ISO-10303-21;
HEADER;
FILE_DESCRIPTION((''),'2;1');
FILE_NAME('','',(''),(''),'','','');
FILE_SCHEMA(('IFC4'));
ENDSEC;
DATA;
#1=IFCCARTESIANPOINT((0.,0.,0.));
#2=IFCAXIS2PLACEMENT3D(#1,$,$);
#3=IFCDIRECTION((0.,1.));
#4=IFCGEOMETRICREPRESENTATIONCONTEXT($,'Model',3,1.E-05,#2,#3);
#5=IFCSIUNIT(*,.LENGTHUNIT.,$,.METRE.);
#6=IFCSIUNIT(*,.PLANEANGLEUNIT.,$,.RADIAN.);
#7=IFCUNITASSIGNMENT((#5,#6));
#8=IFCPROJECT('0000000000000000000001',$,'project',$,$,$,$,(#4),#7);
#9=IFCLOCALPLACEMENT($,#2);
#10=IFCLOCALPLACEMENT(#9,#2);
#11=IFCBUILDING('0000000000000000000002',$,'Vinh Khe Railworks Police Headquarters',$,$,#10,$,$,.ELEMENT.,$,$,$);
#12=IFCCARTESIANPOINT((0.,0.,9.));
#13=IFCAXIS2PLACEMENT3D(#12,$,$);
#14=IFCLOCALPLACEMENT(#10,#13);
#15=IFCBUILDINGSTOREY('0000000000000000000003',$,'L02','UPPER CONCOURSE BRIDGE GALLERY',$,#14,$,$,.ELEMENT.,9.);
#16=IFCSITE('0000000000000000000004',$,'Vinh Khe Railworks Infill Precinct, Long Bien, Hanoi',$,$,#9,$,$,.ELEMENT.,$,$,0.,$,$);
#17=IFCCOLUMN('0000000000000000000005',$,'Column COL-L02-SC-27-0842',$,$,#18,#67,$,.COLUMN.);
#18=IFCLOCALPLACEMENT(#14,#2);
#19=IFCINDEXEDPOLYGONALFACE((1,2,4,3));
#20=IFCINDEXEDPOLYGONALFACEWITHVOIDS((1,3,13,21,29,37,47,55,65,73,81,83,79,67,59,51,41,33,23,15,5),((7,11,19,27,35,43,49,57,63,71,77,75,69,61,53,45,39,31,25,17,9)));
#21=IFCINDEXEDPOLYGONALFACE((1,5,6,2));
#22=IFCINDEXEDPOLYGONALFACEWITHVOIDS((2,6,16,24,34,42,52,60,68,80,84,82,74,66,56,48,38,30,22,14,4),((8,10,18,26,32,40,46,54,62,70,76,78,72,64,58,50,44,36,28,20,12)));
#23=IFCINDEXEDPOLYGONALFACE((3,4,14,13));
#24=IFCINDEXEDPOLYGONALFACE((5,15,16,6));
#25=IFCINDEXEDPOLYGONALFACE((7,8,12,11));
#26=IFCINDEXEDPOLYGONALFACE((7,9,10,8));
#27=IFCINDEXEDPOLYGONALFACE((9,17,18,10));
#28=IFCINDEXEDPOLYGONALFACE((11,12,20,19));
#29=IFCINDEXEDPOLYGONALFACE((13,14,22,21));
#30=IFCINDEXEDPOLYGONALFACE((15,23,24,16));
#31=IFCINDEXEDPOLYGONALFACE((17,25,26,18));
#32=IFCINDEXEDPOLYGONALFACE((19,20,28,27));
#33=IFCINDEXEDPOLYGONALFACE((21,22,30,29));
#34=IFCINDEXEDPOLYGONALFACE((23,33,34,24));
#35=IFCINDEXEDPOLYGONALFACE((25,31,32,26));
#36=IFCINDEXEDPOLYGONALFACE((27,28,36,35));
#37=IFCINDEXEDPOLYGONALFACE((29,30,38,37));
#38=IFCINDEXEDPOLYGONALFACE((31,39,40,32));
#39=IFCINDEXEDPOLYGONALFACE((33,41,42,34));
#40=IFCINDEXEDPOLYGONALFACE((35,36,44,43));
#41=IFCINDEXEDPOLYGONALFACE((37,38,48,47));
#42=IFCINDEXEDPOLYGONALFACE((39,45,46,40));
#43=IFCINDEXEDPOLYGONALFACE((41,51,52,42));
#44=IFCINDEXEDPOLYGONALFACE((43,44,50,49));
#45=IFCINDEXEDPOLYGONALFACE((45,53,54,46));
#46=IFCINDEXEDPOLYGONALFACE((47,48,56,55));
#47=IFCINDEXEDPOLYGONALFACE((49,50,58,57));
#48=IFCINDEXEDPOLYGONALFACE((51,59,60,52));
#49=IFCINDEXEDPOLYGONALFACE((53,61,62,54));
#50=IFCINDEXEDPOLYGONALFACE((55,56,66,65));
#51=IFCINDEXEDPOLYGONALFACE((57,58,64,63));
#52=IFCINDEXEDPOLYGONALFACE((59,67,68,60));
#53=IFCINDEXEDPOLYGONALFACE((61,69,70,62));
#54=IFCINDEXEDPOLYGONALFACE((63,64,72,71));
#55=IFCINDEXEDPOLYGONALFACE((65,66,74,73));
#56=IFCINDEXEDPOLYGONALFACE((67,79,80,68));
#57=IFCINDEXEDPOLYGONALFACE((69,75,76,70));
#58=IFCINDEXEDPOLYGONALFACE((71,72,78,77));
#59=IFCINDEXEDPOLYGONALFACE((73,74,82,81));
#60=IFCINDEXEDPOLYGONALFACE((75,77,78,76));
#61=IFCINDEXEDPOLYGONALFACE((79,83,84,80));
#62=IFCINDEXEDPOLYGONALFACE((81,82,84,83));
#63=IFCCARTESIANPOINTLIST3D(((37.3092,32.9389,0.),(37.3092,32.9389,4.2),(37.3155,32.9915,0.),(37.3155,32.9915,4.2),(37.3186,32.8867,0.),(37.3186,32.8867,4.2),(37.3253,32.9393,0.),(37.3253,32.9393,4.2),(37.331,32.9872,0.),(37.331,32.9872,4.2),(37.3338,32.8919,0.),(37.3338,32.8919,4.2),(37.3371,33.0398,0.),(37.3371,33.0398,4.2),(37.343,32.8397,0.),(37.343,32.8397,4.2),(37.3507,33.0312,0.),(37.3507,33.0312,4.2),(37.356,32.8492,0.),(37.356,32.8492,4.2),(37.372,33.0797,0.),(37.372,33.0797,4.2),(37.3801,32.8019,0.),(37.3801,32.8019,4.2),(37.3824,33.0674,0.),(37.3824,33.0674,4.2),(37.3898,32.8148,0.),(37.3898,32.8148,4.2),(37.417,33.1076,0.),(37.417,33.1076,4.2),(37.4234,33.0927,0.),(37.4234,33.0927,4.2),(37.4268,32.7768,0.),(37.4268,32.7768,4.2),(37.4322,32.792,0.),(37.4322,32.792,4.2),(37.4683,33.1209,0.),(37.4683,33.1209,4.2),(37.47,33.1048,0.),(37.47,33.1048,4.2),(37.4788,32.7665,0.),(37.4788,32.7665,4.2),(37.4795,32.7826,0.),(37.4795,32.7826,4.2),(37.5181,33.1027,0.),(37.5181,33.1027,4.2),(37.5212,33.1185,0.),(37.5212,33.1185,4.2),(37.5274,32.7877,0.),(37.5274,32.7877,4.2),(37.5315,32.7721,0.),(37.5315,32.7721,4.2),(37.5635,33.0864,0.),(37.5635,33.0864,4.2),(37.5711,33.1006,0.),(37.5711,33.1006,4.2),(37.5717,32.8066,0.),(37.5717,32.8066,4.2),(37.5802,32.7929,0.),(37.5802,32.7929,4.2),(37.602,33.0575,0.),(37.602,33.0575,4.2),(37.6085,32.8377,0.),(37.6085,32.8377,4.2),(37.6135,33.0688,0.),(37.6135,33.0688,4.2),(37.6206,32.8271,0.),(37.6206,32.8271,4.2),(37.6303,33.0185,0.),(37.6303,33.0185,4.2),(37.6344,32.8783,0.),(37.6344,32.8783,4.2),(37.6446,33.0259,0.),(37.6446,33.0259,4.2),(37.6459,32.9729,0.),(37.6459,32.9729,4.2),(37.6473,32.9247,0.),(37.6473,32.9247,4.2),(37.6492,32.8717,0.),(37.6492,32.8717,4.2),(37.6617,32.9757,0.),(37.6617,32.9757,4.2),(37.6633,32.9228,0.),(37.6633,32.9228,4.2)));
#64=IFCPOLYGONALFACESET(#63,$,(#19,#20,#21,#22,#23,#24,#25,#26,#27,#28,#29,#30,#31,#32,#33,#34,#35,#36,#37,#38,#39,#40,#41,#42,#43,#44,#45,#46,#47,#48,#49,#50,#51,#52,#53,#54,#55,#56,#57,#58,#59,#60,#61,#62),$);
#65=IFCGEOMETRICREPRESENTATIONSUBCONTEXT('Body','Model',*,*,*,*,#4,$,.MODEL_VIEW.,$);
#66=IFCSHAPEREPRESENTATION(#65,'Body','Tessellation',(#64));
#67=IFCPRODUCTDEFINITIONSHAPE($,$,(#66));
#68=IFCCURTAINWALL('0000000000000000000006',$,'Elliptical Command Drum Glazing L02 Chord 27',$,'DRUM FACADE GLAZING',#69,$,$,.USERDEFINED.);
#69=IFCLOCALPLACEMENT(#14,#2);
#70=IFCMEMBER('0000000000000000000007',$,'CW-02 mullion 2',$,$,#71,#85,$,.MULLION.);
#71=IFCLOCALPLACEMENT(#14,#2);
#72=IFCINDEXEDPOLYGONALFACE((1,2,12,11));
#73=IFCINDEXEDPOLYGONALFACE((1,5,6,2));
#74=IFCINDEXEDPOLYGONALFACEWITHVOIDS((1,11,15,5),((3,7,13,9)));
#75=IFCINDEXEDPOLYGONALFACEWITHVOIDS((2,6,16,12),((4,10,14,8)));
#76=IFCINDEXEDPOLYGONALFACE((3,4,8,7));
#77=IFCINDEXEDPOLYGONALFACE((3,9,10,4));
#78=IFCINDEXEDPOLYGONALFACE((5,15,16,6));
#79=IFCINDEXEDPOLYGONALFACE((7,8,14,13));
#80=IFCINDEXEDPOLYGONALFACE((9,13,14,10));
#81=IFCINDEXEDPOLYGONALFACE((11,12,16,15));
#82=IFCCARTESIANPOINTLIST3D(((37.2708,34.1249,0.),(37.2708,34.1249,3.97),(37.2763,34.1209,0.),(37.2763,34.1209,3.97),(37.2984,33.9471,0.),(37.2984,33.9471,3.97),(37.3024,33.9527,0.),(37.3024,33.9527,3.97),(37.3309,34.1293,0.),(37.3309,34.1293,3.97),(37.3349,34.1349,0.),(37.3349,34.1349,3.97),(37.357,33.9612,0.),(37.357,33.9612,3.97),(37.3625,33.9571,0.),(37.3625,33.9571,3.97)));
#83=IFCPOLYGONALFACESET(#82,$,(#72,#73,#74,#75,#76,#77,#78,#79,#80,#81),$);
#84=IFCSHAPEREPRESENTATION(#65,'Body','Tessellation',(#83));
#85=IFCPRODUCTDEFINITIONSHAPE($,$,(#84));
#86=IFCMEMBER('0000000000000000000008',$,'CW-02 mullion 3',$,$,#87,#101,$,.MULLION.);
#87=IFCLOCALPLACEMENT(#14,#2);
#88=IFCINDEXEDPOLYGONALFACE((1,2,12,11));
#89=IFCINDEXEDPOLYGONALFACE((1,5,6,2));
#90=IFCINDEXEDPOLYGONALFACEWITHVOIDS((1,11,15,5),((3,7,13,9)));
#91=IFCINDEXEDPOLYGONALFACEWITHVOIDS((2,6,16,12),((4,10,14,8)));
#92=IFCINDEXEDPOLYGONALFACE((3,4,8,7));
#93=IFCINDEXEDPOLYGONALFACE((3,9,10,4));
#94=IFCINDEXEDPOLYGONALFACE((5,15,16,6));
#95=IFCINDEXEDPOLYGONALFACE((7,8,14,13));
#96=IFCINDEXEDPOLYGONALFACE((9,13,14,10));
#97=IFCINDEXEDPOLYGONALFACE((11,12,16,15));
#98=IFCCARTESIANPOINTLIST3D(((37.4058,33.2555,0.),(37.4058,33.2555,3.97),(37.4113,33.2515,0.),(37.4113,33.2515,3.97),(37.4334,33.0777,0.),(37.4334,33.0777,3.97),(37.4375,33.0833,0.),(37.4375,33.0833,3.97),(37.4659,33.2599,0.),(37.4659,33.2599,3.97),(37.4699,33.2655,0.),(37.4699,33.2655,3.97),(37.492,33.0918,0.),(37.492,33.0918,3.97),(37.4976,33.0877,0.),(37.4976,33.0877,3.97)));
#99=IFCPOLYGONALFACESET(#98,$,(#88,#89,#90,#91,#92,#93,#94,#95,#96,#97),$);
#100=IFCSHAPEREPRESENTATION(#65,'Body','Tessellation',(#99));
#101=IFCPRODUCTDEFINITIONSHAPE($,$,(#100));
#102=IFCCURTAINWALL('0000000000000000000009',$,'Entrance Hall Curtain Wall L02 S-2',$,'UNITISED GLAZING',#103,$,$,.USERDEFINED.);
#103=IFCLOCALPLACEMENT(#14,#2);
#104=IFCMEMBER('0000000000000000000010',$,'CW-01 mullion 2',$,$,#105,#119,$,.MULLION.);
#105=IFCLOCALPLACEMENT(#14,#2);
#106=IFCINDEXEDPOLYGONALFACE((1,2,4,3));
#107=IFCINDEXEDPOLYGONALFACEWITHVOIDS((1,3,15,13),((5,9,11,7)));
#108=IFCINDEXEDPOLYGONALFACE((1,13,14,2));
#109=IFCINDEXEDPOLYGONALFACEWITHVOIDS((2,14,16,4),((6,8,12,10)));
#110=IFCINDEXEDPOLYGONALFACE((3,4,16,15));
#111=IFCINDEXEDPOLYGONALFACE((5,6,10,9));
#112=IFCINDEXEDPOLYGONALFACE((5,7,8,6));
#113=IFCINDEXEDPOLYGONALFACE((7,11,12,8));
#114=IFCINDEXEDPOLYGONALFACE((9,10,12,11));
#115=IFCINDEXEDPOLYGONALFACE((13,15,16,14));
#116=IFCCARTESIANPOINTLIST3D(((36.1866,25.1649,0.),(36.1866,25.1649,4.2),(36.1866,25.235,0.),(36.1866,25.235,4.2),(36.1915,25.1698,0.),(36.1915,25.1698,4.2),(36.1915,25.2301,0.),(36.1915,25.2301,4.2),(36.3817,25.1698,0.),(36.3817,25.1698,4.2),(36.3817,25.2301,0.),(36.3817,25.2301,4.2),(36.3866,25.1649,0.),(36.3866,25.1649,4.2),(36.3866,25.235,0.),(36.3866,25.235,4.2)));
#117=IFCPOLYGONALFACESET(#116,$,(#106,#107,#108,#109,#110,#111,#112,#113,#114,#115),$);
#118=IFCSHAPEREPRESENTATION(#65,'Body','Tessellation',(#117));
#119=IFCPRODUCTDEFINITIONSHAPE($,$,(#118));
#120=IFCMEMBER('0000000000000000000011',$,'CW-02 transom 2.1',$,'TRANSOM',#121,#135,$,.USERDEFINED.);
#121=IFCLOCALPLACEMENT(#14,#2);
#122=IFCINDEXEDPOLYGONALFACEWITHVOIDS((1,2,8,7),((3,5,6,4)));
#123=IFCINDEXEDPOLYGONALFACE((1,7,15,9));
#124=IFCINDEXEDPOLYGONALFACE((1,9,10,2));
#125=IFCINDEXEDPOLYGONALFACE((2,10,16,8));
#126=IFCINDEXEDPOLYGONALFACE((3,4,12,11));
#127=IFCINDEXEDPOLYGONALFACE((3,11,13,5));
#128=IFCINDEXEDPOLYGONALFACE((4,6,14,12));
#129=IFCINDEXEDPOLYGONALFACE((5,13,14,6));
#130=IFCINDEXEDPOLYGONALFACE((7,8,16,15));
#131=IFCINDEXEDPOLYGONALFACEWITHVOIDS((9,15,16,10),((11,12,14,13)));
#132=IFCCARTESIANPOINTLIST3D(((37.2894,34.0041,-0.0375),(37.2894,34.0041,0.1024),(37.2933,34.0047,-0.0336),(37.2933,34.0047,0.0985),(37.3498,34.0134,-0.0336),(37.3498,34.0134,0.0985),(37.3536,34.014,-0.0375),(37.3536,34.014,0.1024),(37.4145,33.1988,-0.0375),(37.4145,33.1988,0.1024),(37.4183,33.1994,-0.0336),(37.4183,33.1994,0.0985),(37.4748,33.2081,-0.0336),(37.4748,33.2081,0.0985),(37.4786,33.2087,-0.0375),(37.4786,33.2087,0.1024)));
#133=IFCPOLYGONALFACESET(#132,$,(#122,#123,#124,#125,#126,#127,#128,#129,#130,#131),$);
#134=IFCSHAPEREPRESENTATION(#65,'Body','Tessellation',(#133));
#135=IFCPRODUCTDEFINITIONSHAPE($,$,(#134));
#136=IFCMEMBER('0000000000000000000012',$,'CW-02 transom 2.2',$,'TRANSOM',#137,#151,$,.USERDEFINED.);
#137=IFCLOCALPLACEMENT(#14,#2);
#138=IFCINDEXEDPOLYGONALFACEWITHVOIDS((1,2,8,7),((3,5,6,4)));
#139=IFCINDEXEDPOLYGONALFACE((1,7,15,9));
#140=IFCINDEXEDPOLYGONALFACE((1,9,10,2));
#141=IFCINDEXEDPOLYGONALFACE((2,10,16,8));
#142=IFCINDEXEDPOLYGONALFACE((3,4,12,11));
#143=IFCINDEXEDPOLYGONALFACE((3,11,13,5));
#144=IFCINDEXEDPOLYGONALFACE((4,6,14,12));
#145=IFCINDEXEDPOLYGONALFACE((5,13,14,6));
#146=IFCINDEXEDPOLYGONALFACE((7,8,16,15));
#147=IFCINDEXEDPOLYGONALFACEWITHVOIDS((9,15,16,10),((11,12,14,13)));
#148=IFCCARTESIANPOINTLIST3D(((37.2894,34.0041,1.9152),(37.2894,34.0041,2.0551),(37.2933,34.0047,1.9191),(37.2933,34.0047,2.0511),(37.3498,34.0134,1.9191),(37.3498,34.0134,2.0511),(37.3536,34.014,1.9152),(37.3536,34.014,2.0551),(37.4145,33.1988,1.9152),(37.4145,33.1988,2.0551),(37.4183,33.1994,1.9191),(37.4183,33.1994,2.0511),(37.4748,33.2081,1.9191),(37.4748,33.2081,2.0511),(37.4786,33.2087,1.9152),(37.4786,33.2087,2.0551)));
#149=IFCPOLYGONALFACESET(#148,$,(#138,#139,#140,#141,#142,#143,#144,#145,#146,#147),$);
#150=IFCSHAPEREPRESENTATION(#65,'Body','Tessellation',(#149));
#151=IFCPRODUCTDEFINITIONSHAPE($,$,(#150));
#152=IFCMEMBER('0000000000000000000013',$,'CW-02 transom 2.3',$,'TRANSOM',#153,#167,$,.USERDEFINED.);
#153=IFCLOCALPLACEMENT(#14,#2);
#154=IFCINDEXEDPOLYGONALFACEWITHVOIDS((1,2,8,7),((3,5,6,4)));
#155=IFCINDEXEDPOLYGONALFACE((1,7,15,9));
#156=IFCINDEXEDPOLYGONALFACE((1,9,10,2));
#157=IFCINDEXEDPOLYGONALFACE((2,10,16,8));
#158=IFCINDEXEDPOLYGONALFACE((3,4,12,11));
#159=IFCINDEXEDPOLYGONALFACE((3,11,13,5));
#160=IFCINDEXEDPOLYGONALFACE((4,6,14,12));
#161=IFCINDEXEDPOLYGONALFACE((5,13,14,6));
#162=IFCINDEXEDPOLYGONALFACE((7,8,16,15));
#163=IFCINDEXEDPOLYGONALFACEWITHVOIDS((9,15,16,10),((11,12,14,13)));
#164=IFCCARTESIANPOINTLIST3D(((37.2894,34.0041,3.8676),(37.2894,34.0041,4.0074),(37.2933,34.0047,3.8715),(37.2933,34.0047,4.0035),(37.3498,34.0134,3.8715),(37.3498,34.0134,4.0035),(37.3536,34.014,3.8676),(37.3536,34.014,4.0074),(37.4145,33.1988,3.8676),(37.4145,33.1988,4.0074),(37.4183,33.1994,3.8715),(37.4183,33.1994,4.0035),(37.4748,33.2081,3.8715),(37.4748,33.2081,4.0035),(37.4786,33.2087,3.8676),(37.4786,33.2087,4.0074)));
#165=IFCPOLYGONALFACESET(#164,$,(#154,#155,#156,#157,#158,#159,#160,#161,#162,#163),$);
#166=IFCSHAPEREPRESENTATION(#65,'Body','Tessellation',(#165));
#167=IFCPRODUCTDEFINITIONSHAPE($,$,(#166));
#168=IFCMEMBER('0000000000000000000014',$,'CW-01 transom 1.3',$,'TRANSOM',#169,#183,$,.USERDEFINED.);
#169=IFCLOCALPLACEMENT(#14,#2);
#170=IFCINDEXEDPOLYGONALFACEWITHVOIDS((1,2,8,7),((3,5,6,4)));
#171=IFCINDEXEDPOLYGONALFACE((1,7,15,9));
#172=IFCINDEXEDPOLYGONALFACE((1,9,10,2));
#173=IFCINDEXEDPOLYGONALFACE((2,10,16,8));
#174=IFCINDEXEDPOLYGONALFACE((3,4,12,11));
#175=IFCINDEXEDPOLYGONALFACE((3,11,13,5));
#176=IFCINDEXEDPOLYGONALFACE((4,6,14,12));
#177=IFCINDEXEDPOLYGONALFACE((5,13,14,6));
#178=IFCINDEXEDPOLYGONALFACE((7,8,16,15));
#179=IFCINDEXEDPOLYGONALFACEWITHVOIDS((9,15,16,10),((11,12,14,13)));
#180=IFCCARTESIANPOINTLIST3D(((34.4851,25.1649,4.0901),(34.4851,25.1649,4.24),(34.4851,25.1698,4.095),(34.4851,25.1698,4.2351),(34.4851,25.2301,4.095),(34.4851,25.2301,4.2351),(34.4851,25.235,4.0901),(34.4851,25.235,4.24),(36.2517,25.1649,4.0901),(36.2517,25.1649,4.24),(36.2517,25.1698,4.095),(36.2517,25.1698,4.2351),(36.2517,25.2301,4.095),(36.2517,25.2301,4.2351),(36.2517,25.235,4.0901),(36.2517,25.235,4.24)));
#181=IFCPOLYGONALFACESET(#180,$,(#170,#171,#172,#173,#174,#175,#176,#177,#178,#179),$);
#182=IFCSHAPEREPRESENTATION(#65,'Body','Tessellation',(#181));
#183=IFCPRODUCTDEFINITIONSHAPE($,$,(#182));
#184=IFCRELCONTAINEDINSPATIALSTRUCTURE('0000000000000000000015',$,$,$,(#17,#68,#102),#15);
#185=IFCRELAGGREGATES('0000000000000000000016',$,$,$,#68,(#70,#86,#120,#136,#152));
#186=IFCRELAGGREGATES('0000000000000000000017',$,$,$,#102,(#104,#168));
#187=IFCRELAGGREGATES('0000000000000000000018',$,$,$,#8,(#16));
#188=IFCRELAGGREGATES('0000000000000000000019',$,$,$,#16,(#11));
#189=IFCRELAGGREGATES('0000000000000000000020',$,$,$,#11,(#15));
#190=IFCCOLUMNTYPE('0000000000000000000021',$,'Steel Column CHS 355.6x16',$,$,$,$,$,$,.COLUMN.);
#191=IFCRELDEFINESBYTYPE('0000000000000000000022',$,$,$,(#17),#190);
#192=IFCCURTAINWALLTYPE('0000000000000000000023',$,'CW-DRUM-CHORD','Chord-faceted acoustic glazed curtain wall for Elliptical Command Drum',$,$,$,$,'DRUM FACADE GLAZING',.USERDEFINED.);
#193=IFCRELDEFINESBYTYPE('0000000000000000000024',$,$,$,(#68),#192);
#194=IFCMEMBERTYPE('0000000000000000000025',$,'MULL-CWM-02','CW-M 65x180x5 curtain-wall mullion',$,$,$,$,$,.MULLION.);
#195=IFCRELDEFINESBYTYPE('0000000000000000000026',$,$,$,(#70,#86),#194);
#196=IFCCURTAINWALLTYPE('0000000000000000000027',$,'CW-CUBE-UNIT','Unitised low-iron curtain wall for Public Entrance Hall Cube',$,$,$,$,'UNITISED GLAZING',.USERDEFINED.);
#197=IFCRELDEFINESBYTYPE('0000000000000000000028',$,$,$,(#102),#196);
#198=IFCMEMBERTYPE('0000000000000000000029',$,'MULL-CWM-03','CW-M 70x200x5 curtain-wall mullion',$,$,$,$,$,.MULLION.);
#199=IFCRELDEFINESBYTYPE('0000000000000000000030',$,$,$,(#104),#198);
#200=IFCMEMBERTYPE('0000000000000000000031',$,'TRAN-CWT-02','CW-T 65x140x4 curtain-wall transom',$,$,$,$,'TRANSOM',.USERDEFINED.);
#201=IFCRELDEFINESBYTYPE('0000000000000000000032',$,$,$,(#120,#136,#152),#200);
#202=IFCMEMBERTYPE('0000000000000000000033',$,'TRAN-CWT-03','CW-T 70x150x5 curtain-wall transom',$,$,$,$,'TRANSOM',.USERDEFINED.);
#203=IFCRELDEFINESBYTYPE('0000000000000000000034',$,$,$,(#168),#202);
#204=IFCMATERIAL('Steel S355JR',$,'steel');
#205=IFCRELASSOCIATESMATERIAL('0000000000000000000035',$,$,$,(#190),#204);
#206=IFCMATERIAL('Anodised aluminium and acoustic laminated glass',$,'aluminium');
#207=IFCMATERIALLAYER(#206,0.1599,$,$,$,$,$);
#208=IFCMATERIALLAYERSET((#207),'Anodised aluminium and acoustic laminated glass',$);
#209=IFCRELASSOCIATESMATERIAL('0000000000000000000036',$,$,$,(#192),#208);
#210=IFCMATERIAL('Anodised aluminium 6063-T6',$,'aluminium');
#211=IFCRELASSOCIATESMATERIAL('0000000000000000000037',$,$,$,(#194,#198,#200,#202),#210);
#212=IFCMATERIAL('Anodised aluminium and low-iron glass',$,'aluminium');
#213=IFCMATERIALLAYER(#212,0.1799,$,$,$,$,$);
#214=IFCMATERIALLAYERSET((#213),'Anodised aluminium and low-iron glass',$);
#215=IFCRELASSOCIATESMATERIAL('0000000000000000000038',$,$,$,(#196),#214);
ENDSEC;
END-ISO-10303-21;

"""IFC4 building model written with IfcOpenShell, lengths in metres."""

from ifc_helpers import new_model, si_unit, direction, frame, origin, origin_2d, place, context, subcontext, project, spatial, hollow_rectangle, hollow_circle, extrude, material, layer, layer_set, material_profile, profile_set, type_object, element, aggregate, save


model = new_model("IFC4")

# Units and contexts
model_context = context("Model", 3, precision=1e-05, world=origin(), true_north=direction((0.0, 1.0)))
body_context = subcontext(model_context, "Body", "Model", "MODEL_VIEW")
ifc_project = project(units=[si_unit("LENGTHUNIT", "METRE"), si_unit("PLANEANGLEUNIT", "RADIAN")], contexts=[model_context])

# Site, building, storey
site_placement = place(None, origin())
site = spatial("IfcSite", under=ifc_project, at=site_placement, Name="Vinh Khe Railworks Infill Precinct, Long Bien, Hanoi", CompositionType="ELEMENT", RefElevation=0.0)
building_placement = place(site_placement, origin())
building = spatial("IfcBuilding", under=site, at=building_placement, Name="Vinh Khe Railworks Police Headquarters", CompositionType="ELEMENT")
storey_placement = place(building_placement, frame((0.0, 0.0, 9.0)))
storey = spatial("IfcBuildingStorey", under=building, at=storey_placement, Name="L02", Description="UPPER CONCOURSE BRIDGE GALLERY", CompositionType="ELEMENT", Elevation=9.0)

# Column
ifc_material_1 = material(Name="Steel S355JR", Category="steel")
ifc_material_profile_1 = material_profile(ifc_material_1, hollow_circle(Radius=0.1777, WallThickness=0.0161, at=origin_2d()), Name="CHS 355.6x16")
ifc_profile_set_1 = profile_set([ifc_material_profile_1], Name="Steel S355JR")
column_type = type_object("IfcColumnType", Name="Steel Column CHS 355.6x16", PredefinedType="COLUMN", material=ifc_profile_set_1)
column_placement = place(storey_placement, frame((37.4868, 32.9441, 0.0), z_axis=(0.0, 0.0, 1.0), x_axis=(-0.94648, -0.322761, 0.0)))
element("IfcColumn", 1, at=column_placement, inside=storey, type_object=column_type, Name="Column COL-L02-SC-27-0842", PredefinedType="COLUMN", context=body_context, shape_type="SweptSolid", body=[
    extrude(hollow_circle(Radius=0.1777, WallThickness=0.0161, at=origin_2d()), origin(), (0.0, 0.0, 1.0), 4.2),
])

# Curtain wall, members
ifc_material_2 = material(Name="Anodised aluminium and acoustic laminated glass", Category="aluminium")
ifc_layer_1 = layer(ifc_material_2, 0.1599)
ifc_layer_set_1 = layer_set([ifc_layer_1], Name="Anodised aluminium and acoustic laminated glass")
curtain_wall_type_1 = type_object("IfcCurtainWallType", Name="CW-DRUM-CHORD", Description="Chord-faceted acoustic glazed curtain wall for Elliptical Command Drum", ElementType="DRUM FACADE GLAZING", PredefinedType="USERDEFINED", material=ifc_layer_set_1)
curtain_wall_1_placement = place(storey_placement, origin())
curtain_wall_1 = element("IfcCurtainWall", 2, at=curtain_wall_1_placement, inside=storey, type_object=curtain_wall_type_1, Name="Elliptical Command Drum Glazing L02 Chord 27", ObjectType="DRUM FACADE GLAZING", PredefinedType="USERDEFINED")
ifc_material_3 = material(Name="Anodised aluminium 6063-T6", Category="aluminium")
ifc_material_profile_2 = material_profile(ifc_material_3, hollow_rectangle(XDim=0.0649, YDim=0.1799, WallThickness=0.0049, at=origin_2d()), Name="CW-M 65x180x5")
ifc_profile_set_2 = profile_set([ifc_material_profile_2], Name="Anodised aluminium 6063-T6")
member_type_1 = type_object("IfcMemberType", Name="MULL-CWM-02", Description="CW-M 65x180x5 curtain-wall mullion", PredefinedType="MULLION", material=ifc_profile_set_2)
member_1_placement = place(storey_placement, frame((37.3167, 34.041, 0.0), z_axis=(0.0, 0.0, 1.0), x_axis=(0.98815, 0.15349, 0.0)))
member_1 = element("IfcMember", 3, at=member_1_placement, type_object=member_type_1, Name="CW-02 mullion 2", PredefinedType="MULLION", context=body_context, shape_type="SweptSolid", body=[
    extrude(hollow_rectangle(XDim=0.0649, YDim=0.1799, WallThickness=0.0049, at=origin_2d()), origin(), (0.0, 0.0, 1.0), 3.97),
])
member_2_placement = place(storey_placement, frame((37.4517, 33.1716, 0.0), z_axis=(0.0, 0.0, 1.0), x_axis=(0.98815, 0.15349, 0.0)))
member_2 = element("IfcMember", 4, at=member_2_placement, type_object=member_type_1, Name="CW-02 mullion 3", PredefinedType="MULLION", context=body_context, shape_type="SweptSolid", body=[
    extrude(hollow_rectangle(XDim=0.0649, YDim=0.1799, WallThickness=0.0049, at=origin_2d()), origin(), (0.0, 0.0, 1.0), 3.97),
])

# Curtain wall, member
ifc_material_4 = material(Name="Anodised aluminium and low-iron glass", Category="aluminium")
ifc_layer_2 = layer(ifc_material_4, 0.1799)
ifc_layer_set_2 = layer_set([ifc_layer_2], Name="Anodised aluminium and low-iron glass")
curtain_wall_type_2 = type_object("IfcCurtainWallType", Name="CW-CUBE-UNIT", Description="Unitised low-iron curtain wall for Public Entrance Hall Cube", ElementType="UNITISED GLAZING", PredefinedType="USERDEFINED", material=ifc_layer_set_2)
curtain_wall_2_placement = place(storey_placement, origin())
curtain_wall_2 = element("IfcCurtainWall", 5, at=curtain_wall_2_placement, inside=storey, type_object=curtain_wall_type_2, Name="Entrance Hall Curtain Wall L02 S-2", ObjectType="UNITISED GLAZING", PredefinedType="USERDEFINED")
ifc_material_profile_3 = material_profile(ifc_material_3, hollow_rectangle(XDim=0.0701, YDim=0.2, WallThickness=0.0049, at=origin_2d()), Name="CW-M 70x200x5")
ifc_profile_set_3 = profile_set([ifc_material_profile_3], Name="Anodised aluminium 6063-T6")
member_type_2 = type_object("IfcMemberType", Name="MULL-CWM-03", Description="CW-M 70x200x5 curtain-wall mullion", PredefinedType="MULLION", material=ifc_profile_set_3)
member_3_placement = place(storey_placement, frame((36.2866, 25.2, 0.0), z_axis=(0.0, 0.0, 1.0), x_axis=(0.0, 1.0, 0.0)))
member_3 = element("IfcMember", 6, at=member_3_placement, type_object=member_type_2, Name="CW-01 mullion 2", PredefinedType="MULLION", context=body_context, shape_type="SweptSolid", body=[
    extrude(hollow_rectangle(XDim=0.0701, YDim=0.2, WallThickness=0.0049, at=origin_2d()), origin(), (0.0, 0.0, 1.0), 4.2),
])

# Members
ifc_material_profile_4 = material_profile(ifc_material_3, hollow_rectangle(XDim=0.0649, YDim=0.1399, WallThickness=0.0039, at=origin_2d()), Name="CW-T 65x140x4")
ifc_profile_set_4 = profile_set([ifc_material_profile_4], Name="Anodised aluminium 6063-T6")
member_type_3 = type_object("IfcMemberType", Name="TRAN-CWT-02", Description="CW-T 65x140x4 curtain-wall transom", ElementType="TRANSOM", PredefinedType="USERDEFINED", material=ifc_profile_set_4)
member_4_placement = place(storey_placement, frame((37.3215, 34.009, 0.0325), z_axis=(0.153408, -0.988163, 0.0), x_axis=(0.988163, 0.153408, 0.0)))
member_4 = element("IfcMember", 7, at=member_4_placement, type_object=member_type_3, Name="CW-02 transom 2.1", ObjectType="TRANSOM", PredefinedType="USERDEFINED", context=body_context, shape_type="SweptSolid", body=[
    extrude(hollow_rectangle(XDim=0.0649, YDim=0.1399, WallThickness=0.0039, at=origin_2d()), origin(), (0.0, 0.0, 1.0), 0.8149),
])
member_5_placement = place(storey_placement, frame((37.3215, 34.009, 1.9851), z_axis=(0.153408, -0.988163, 0.0), x_axis=(0.988163, 0.153408, 0.0)))
member_5 = element("IfcMember", 8, at=member_5_placement, type_object=member_type_3, Name="CW-02 transom 2.2", ObjectType="TRANSOM", PredefinedType="USERDEFINED", context=body_context, shape_type="SweptSolid", body=[
    extrude(hollow_rectangle(XDim=0.0649, YDim=0.1399, WallThickness=0.0039, at=origin_2d()), origin(), (0.0, 0.0, 1.0), 0.8149),
])
member_6_placement = place(storey_placement, frame((37.3215, 34.009, 3.9375), z_axis=(0.153408, -0.988163, 0.0), x_axis=(0.988163, 0.153408, 0.0)))
member_6 = element("IfcMember", 9, at=member_6_placement, type_object=member_type_3, Name="CW-02 transom 2.3", ObjectType="TRANSOM", PredefinedType="USERDEFINED", context=body_context, shape_type="SweptSolid", body=[
    extrude(hollow_rectangle(XDim=0.0649, YDim=0.1399, WallThickness=0.0039, at=origin_2d()), origin(), (0.0, 0.0, 1.0), 0.8149),
])
ifc_material_profile_5 = material_profile(ifc_material_3, hollow_rectangle(XDim=0.0701, YDim=0.1499, WallThickness=0.0049, at=origin_2d()), Name="CW-T 70x150x5")
ifc_profile_set_5 = profile_set([ifc_material_profile_5], Name="Anodised aluminium 6063-T6")
member_type_4 = type_object("IfcMemberType", Name="TRAN-CWT-03", Description="CW-T 70x150x5 curtain-wall transom", ElementType="TRANSOM", PredefinedType="USERDEFINED", material=ifc_profile_set_5)
member_7_placement = place(storey_placement, frame((34.4851, 25.2, 4.165), z_axis=(1.0, 0.0, 0.0), x_axis=(0.0, 1.0, 0.0)))
member_7 = element("IfcMember", 10, at=member_7_placement, type_object=member_type_4, Name="CW-01 transom 1.3", ObjectType="TRANSOM", PredefinedType="USERDEFINED", context=body_context, shape_type="SweptSolid", body=[
    extrude(hollow_rectangle(XDim=0.0701, YDim=0.1499, WallThickness=0.0049, at=origin_2d()), origin(), (0.0, 0.0, 1.0), 1.7666),
])

aggregate(curtain_wall_1, [member_1, member_2, member_4, member_5, member_6])
aggregate(curtain_wall_2, [member_3, member_7])

save(model, "model.ifc")
